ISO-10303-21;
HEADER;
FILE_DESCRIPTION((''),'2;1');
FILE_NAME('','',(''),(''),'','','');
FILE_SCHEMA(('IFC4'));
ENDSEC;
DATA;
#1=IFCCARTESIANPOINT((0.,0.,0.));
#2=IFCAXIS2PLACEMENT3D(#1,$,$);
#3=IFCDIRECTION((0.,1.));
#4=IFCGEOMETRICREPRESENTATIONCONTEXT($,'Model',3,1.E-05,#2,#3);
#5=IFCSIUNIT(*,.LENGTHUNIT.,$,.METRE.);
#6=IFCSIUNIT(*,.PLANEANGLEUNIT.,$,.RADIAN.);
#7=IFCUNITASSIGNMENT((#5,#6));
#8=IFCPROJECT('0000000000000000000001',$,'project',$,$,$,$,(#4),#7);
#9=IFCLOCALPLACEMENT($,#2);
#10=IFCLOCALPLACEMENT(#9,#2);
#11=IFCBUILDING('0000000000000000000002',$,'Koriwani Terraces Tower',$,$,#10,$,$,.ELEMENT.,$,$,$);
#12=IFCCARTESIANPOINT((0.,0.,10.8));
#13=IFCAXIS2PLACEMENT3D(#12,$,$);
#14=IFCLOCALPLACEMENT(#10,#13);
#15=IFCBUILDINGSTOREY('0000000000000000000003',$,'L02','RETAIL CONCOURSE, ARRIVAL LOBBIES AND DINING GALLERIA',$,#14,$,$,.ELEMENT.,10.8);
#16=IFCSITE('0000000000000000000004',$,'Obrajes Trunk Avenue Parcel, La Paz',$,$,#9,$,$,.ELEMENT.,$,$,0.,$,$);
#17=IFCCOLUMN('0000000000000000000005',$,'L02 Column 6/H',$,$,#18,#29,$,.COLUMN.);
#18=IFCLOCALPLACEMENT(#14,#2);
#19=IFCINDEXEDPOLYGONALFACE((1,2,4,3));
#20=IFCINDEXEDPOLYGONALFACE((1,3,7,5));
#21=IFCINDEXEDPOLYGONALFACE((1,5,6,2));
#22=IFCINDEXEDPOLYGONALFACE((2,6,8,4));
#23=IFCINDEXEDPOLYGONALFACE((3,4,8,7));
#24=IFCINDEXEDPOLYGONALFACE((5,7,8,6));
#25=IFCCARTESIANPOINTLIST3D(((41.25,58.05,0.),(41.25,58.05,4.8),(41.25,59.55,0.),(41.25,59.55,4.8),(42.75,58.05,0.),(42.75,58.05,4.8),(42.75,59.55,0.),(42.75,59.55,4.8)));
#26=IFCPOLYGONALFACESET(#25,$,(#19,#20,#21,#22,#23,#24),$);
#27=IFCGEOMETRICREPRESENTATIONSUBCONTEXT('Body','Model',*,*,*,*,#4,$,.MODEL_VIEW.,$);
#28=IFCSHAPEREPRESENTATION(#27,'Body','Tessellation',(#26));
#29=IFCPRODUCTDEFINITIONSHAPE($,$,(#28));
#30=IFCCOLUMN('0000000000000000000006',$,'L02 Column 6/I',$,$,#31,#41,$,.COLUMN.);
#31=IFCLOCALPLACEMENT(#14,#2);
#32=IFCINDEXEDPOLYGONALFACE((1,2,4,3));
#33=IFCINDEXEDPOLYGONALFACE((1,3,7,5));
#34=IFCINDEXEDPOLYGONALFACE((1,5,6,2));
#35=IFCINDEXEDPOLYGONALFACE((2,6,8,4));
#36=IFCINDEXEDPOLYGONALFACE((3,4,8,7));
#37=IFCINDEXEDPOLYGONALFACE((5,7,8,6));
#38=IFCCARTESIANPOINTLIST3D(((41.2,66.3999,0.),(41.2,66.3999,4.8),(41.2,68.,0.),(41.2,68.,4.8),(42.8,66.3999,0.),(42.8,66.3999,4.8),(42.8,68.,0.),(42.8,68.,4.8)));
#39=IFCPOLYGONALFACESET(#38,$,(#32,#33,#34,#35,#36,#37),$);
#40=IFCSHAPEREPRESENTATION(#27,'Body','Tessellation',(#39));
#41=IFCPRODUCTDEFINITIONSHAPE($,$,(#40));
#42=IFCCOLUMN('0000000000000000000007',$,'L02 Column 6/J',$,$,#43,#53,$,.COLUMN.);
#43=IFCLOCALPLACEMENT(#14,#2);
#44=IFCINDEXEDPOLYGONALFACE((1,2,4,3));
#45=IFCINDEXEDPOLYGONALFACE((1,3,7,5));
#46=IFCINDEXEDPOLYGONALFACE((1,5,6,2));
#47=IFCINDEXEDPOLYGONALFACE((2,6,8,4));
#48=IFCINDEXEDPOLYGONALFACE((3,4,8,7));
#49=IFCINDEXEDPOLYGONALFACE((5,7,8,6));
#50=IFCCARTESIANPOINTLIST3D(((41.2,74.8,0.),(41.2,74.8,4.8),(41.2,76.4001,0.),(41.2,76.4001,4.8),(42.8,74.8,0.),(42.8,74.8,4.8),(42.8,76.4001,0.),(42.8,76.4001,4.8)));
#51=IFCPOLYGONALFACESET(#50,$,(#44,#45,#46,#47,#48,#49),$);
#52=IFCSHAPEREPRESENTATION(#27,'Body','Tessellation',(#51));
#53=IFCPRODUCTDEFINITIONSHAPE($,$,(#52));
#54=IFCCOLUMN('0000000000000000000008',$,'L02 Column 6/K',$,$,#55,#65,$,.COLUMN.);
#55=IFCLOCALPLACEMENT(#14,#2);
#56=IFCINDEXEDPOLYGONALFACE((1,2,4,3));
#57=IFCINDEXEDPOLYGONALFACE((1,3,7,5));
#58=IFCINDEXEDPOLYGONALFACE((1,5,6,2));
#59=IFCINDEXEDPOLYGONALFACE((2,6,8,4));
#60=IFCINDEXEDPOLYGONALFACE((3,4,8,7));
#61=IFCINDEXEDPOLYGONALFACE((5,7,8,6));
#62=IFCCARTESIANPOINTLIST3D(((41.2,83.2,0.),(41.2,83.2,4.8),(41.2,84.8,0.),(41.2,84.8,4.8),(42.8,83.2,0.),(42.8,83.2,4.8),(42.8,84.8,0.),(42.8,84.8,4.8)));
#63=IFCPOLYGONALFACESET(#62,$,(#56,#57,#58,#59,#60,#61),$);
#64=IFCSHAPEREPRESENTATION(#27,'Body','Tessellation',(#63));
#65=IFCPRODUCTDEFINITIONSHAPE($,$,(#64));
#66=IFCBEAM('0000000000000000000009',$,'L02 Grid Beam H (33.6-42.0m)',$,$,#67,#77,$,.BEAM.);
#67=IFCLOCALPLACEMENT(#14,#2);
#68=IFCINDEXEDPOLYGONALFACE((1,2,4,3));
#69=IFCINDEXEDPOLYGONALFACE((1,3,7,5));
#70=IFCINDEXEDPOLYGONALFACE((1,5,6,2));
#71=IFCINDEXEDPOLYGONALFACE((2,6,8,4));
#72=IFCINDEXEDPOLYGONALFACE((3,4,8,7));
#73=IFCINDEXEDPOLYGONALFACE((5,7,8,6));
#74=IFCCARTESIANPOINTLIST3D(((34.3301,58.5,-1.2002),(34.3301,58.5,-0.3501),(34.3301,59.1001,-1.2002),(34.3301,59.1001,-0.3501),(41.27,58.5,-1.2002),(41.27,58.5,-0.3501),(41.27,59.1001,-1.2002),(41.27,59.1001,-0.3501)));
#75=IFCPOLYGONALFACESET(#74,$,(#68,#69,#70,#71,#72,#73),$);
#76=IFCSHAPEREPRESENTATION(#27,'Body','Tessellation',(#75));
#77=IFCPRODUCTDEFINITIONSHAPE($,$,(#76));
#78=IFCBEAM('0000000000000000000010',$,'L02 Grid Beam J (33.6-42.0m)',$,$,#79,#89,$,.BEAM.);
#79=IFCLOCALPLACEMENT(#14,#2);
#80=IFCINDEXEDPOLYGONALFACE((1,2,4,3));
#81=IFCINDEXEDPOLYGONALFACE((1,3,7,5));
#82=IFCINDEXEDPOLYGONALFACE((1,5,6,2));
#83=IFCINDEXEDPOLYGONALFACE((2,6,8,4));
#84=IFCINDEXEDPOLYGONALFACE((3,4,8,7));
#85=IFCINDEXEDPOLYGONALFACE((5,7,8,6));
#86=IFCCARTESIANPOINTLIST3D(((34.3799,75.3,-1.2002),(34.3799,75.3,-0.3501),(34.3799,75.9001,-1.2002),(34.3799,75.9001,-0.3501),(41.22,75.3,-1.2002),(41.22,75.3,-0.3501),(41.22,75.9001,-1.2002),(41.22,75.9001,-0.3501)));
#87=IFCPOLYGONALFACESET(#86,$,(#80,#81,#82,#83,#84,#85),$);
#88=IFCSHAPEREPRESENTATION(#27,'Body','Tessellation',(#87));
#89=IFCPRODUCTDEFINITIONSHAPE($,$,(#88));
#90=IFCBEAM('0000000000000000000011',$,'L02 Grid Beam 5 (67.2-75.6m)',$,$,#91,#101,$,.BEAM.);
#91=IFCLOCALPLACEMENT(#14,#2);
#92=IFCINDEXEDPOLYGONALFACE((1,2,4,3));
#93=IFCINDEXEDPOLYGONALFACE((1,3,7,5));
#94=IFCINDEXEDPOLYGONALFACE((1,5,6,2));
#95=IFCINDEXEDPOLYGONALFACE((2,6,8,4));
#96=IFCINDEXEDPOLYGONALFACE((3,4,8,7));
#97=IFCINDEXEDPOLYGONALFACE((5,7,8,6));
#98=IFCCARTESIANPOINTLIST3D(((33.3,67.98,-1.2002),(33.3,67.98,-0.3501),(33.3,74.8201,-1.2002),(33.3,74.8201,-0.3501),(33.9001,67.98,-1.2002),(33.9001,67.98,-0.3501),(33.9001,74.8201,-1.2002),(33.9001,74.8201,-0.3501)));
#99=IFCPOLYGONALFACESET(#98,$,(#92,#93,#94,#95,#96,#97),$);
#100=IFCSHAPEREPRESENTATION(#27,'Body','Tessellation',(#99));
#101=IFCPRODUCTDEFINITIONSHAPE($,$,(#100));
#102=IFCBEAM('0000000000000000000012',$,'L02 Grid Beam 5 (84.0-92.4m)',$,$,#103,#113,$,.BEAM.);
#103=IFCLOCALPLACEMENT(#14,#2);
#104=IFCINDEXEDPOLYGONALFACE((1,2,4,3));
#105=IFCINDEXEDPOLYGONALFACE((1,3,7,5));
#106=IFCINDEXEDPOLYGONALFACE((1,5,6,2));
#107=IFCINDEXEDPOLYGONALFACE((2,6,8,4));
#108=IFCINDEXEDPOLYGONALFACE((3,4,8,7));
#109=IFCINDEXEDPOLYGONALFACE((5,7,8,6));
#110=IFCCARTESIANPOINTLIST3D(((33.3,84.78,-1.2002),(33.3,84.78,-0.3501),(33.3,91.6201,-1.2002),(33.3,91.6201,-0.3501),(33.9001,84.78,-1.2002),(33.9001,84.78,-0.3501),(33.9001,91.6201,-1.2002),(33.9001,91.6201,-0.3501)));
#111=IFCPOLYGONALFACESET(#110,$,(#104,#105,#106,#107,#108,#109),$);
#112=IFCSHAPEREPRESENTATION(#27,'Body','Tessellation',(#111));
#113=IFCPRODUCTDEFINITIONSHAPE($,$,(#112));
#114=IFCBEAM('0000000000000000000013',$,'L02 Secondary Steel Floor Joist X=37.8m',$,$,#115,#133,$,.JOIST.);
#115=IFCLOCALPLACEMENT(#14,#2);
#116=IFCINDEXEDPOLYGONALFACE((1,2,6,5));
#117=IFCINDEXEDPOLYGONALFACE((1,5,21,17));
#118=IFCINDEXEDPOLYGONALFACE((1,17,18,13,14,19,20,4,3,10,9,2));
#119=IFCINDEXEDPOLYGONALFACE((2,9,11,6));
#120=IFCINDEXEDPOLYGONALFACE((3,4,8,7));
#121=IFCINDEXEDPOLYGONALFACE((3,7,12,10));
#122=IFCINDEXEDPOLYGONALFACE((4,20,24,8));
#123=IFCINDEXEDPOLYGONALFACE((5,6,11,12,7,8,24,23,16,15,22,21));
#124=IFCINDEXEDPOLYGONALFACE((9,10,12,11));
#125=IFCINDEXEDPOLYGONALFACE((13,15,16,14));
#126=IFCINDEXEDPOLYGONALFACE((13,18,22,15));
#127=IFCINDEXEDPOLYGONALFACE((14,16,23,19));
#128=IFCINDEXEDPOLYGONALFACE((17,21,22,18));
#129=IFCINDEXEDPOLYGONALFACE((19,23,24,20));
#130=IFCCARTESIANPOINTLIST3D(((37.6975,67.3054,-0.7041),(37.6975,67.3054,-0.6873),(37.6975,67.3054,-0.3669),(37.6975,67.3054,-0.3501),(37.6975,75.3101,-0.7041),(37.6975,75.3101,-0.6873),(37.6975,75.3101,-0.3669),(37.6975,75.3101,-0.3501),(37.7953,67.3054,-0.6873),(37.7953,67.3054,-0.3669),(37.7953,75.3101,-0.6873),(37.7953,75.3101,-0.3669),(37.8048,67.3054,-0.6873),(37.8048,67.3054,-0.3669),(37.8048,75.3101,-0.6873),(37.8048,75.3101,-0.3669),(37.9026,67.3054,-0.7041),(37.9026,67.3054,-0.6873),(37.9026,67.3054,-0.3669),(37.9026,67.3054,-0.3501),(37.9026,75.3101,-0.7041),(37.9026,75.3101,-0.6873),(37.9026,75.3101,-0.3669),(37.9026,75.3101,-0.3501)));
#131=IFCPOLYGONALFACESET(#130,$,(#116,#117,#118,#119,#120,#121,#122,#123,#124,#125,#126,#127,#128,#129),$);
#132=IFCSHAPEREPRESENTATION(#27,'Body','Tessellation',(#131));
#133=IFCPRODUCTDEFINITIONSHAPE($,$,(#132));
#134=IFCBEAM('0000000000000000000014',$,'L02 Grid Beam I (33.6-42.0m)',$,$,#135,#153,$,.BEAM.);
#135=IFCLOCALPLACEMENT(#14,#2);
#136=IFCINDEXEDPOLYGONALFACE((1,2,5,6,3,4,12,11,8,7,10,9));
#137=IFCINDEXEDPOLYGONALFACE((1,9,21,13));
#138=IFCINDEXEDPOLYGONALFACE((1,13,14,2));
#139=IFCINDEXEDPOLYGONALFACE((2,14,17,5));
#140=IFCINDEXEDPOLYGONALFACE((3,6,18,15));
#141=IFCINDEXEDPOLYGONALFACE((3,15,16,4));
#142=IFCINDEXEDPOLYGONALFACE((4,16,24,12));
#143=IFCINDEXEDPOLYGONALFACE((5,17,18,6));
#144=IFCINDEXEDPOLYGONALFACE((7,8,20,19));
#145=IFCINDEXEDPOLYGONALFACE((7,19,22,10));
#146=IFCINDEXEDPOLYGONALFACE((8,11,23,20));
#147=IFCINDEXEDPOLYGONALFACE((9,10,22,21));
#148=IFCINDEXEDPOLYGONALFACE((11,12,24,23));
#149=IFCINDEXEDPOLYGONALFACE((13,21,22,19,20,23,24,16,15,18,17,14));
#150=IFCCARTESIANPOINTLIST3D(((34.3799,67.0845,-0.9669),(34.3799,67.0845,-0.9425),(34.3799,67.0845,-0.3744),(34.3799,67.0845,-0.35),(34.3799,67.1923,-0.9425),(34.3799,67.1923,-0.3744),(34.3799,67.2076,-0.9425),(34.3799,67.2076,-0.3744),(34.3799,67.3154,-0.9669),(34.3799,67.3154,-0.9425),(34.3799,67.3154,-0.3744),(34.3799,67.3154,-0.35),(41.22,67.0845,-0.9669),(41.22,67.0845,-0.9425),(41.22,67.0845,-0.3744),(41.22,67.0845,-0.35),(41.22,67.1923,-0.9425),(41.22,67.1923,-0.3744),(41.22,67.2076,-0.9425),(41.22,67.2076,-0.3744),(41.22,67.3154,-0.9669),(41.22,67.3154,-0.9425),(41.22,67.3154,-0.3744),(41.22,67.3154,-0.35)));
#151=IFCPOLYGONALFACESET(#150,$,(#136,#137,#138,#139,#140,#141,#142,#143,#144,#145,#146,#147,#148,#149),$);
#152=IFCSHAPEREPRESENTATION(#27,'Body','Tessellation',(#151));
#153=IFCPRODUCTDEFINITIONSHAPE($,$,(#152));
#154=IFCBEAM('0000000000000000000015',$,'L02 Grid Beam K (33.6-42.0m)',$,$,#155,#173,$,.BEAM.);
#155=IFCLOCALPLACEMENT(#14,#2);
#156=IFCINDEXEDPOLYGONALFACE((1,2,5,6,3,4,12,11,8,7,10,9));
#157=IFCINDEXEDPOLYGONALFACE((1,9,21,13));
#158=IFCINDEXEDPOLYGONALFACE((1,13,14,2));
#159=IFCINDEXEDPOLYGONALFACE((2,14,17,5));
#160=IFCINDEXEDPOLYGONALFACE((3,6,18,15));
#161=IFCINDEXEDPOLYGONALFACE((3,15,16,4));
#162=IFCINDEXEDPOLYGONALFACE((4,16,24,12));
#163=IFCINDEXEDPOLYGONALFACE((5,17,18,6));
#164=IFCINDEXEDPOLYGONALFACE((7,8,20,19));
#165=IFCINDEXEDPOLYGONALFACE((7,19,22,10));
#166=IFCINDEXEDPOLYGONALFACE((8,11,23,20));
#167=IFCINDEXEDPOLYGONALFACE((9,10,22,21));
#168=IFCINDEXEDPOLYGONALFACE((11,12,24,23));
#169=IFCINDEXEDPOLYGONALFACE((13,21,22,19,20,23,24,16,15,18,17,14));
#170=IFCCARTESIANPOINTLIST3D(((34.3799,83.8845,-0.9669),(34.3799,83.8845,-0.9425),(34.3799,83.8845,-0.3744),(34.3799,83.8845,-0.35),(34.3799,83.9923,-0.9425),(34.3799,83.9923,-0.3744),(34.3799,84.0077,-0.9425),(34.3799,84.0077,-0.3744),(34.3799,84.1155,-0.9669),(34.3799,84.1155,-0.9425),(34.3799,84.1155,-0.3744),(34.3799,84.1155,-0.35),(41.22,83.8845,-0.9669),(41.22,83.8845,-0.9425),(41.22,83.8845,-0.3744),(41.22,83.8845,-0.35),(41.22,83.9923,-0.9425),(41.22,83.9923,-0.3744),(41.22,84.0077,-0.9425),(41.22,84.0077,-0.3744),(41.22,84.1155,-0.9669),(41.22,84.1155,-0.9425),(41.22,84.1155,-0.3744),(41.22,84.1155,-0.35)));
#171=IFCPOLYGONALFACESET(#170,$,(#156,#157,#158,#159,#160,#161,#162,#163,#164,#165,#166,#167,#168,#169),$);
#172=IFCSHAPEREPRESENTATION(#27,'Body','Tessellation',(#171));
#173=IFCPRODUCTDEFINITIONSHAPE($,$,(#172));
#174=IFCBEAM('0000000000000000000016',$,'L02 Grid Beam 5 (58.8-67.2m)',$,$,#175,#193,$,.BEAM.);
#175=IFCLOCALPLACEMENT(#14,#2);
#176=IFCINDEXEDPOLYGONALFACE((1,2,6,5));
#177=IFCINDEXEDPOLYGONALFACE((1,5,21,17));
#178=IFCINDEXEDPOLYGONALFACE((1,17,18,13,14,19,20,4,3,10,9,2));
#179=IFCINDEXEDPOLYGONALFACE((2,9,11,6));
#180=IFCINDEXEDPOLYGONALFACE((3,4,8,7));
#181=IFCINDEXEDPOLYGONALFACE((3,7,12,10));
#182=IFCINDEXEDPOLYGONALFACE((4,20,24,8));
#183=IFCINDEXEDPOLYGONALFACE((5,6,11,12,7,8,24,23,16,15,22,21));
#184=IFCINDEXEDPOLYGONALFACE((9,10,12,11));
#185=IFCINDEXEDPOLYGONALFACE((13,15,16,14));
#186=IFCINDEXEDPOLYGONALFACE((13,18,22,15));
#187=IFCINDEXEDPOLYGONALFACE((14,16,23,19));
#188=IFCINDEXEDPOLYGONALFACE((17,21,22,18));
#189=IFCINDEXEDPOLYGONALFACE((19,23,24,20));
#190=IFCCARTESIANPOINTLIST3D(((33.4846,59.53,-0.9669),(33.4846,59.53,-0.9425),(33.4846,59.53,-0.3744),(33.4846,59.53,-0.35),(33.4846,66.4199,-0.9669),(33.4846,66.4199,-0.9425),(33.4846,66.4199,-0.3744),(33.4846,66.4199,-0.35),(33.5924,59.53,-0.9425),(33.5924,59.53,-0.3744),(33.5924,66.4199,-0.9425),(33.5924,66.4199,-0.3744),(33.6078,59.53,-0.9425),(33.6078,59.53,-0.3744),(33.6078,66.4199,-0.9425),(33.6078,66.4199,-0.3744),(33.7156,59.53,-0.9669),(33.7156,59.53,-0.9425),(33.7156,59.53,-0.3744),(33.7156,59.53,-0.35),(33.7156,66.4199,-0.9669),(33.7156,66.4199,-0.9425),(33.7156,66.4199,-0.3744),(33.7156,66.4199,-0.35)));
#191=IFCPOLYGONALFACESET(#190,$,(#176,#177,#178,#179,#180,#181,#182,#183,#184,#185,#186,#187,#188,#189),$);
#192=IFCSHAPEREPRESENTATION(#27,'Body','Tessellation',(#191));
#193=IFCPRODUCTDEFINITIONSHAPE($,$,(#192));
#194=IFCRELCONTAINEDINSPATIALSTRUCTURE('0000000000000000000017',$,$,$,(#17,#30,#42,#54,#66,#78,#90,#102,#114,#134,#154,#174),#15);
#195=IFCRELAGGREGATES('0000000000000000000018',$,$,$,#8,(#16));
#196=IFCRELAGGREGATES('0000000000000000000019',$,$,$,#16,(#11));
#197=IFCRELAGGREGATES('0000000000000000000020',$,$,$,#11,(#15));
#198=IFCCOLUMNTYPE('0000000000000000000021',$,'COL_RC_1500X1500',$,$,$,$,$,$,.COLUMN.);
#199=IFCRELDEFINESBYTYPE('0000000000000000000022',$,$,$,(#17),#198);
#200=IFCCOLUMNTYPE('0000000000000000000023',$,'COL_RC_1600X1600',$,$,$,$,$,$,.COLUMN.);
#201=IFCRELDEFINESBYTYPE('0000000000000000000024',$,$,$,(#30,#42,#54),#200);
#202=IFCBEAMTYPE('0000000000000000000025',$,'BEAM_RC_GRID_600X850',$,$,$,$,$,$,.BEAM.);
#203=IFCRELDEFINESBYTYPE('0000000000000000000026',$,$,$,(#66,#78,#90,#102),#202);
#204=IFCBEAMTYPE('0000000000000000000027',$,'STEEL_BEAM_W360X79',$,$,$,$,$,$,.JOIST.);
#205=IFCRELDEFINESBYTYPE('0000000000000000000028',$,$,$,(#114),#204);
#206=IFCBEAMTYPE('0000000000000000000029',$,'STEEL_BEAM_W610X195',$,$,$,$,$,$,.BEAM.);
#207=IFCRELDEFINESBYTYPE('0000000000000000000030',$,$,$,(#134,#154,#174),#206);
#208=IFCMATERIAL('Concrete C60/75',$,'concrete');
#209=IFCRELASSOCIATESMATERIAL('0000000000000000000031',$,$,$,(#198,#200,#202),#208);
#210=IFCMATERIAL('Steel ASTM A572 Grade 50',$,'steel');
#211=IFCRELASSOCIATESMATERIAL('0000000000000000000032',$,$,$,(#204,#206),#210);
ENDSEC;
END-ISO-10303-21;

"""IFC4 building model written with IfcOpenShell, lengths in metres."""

from ifc_helpers import new_model, si_unit, direction, frame, origin, origin_2d, place, context, subcontext, project, spatial, rectangle, i_section, extrude, material, material_profile, profile_set, type_object, element, save


model = new_model("IFC4")

# Units and contexts
model_context = context("Model", 3, precision=1e-05, world=origin(), true_north=direction((0.0, 1.0)))
body_context = subcontext(model_context, "Body", "Model", "MODEL_VIEW")
ifc_project = project(units=[si_unit("LENGTHUNIT", "METRE"), si_unit("PLANEANGLEUNIT", "RADIAN")], contexts=[model_context])

# Site, building, storey
site_placement = place(None, origin())
site = spatial("IfcSite", under=ifc_project, at=site_placement, Name="Obrajes Trunk Avenue Parcel, La Paz", CompositionType="ELEMENT", RefElevation=0.0)
building_placement = place(site_placement, origin())
building = spatial("IfcBuilding", under=site, at=building_placement, Name="Koriwani Terraces Tower", CompositionType="ELEMENT")
storey_placement = place(building_placement, frame((0.0, 0.0, 10.8)))
storey = spatial("IfcBuildingStorey", under=building, at=storey_placement, Name="L02", Description="RETAIL CONCOURSE, ARRIVAL LOBBIES AND DINING GALLERIA", CompositionType="ELEMENT", Elevation=10.8)

# Columns
ifc_material_1 = material(Name="Concrete C60/75", Category="concrete")
ifc_material_profile_1 = material_profile(ifc_material_1, rectangle(XDim=1.5, YDim=1.5, at=origin_2d()), Name="Concrete C60/75", Category="LoadBearing")
ifc_profile_set_1 = profile_set([ifc_material_profile_1], Name="Concrete C60/75")
column_type_1 = type_object("IfcColumnType", Name="COL_RC_1500X1500", PredefinedType="COLUMN", material=ifc_profile_set_1)
column_placement = place(storey_placement, frame((42.0, 58.8, 0.0), z_axis=(0.0, 0.0, 1.0), x_axis=(1.0, 0.0, 0.0)))
element("IfcColumn", 1, at=column_placement, inside=storey, type_object=column_type_1, Name="L02 Column 6/H", PredefinedType="COLUMN", context=body_context, shape_type="SweptSolid", body=[
    extrude(rectangle(XDim=1.5, YDim=1.5, at=origin_2d()), origin(), (0.0, 0.0, 1.0), 4.8),
])
ifc_material_profile_2 = material_profile(ifc_material_1, rectangle(XDim=1.6001, YDim=1.6001, at=origin_2d()), Name="Concrete C60/75", Category="LoadBearing")
ifc_profile_set_2 = profile_set([ifc_material_profile_2], Name="Concrete C60/75")
column_type_2 = type_object("IfcColumnType", Name="COL_RC_1600X1600", PredefinedType="COLUMN", material=ifc_profile_set_2)
for number, where, z_axis, x_axis, name in (
    (2, (42.0, 67.2, 0.0), (0.0, 0.0, 1.0), (1.0, 0.0, 0.0), "L02 Column 6/I"),
    (3, (42.0, 75.6001, 0.0), (0.0, 0.0, 1.0), (1.0, 0.0, 0.0), "L02 Column 6/J"),
    (4, (42.0, 84.0, 0.0), (0.0, 0.0, 1.0), (1.0, 0.0, 0.0), "L02 Column 6/K"),
):
    element("IfcColumn", number, at=place(storey_placement, frame(where, z_axis=z_axis, x_axis=x_axis)), inside=storey, type_object=column_type_2, Name=name, PredefinedType="COLUMN", context=body_context, shape_type="SweptSolid", body=[
        extrude(rectangle(XDim=1.6001, YDim=1.6001, at=origin_2d()), origin(), (0.0, 0.0, 1.0), 4.8),
    ])

# Beams
ifc_material_profile_3 = material_profile(ifc_material_1, rectangle(XDim=0.6001, YDim=0.8501, at=origin_2d()), Name="Concrete C60/75", Category="LoadBearing")
ifc_profile_set_3 = profile_set([ifc_material_profile_3], Name="Concrete C60/75")
beam_type_1 = type_object("IfcBeamType", Name="BEAM_RC_GRID_600X850", PredefinedType="BEAM", material=ifc_profile_set_3)
beam_1_placement = place(storey_placement, frame((34.3301, 58.8, -0.7751), z_axis=(1.0, 0.0, 0.0), x_axis=(0.0, 1.0, 0.0)))
element("IfcBeam", 5, at=beam_1_placement, inside=storey, type_object=beam_type_1, Name="L02 Grid Beam H (33.6-42.0m)", PredefinedType="BEAM", context=body_context, shape_type="SweptSolid", body=[
    extrude(rectangle(XDim=0.6001, YDim=0.8501, at=origin_2d()), origin(), (0.0, 0.0, 1.0), 6.9399),
])
for number, where, z_axis, x_axis, name in (
    (6, (34.3799, 75.6001, -0.7751), (1.0, 0.0, 0.0), (0.0, 1.0, 0.0), "L02 Grid Beam J (33.6-42.0m)"),
    (7, (33.6001, 67.98, -0.7751), (0.0, 1.0, 0.0), (-1.0, 0.0, 0.0), "L02 Grid Beam 5 (67.2-75.6m)"),
    (8, (33.6001, 84.78, -0.7751), (0.0, 1.0, 0.0), (-1.0, 0.0, 0.0), "L02 Grid Beam 5 (84.0-92.4m)"),
):
    element("IfcBeam", number, at=place(storey_placement, frame(where, z_axis=z_axis, x_axis=x_axis)), inside=storey, type_object=beam_type_1, Name=name, PredefinedType="BEAM", context=body_context, shape_type="SweptSolid", body=[
        extrude(rectangle(XDim=0.6001, YDim=0.8501, at=origin_2d()), origin(), (0.0, 0.0, 1.0), 6.8401),
    ])
ifc_material_2 = material(Name="Steel ASTM A572 Grade 50", Category="steel")
ifc_material_profile_4 = material_profile(ifc_material_2, i_section(OverallWidth=0.2051, OverallDepth=0.354, WebThickness=0.0095, FlangeThickness=0.0168, at=origin_2d()), Name="Steel ASTM A572 Grade 50", Category="LoadBearing")
ifc_profile_set_4 = profile_set([ifc_material_profile_4], Name="Steel ASTM A572 Grade 50")
beam_type_2 = type_object("IfcBeamType", Name="STEEL_BEAM_W360X79", PredefinedType="JOIST", material=ifc_profile_set_4)
beam_2_placement = place(storey_placement, frame((37.8, 67.3054, -0.5271), z_axis=(0.0, 1.0, 0.0), x_axis=(-1.0, 0.0, 0.0)))
element("IfcBeam", 9, at=beam_2_placement, inside=storey, type_object=beam_type_2, Name="L02 Secondary Steel Floor Joist X=37.8m", PredefinedType="JOIST", context=body_context, shape_type="SweptSolid", body=[
    extrude(i_section(OverallWidth=0.2051, OverallDepth=0.354, WebThickness=0.0095, FlangeThickness=0.0168, at=origin_2d()), origin(), (0.0, 0.0, 1.0), 8.0046),
])
ifc_material_profile_5 = material_profile(ifc_material_2, i_section(OverallWidth=0.231, OverallDepth=0.6169, WebThickness=0.0154, FlangeThickness=0.0244, at=origin_2d()), Name="Steel ASTM A572 Grade 50", Category="LoadBearing")
ifc_profile_set_5 = profile_set([ifc_material_profile_5], Name="Steel ASTM A572 Grade 50")
beam_type_3 = type_object("IfcBeamType", Name="STEEL_BEAM_W610X195", PredefinedType="BEAM", material=ifc_profile_set_5)
for number, where, z_axis, x_axis, name in (
    (10, (34.3799, 67.2, -0.6584), (1.0, 0.0, 0.0), (0.0, 1.0, 0.0), "L02 Grid Beam I (33.6-42.0m)"),
    (11, (34.3799, 84.0, -0.6584), (1.0, 0.0, 0.0), (0.0, 1.0, 0.0), "L02 Grid Beam K (33.6-42.0m)"),
):
    element("IfcBeam", number, at=place(storey_placement, frame(where, z_axis=z_axis, x_axis=x_axis)), inside=storey, type_object=beam_type_3, Name=name, PredefinedType="BEAM", context=body_context, shape_type="SweptSolid", body=[
        extrude(i_section(OverallWidth=0.231, OverallDepth=0.6169, WebThickness=0.0154, FlangeThickness=0.0244, at=origin_2d()), origin(), (0.0, 0.0, 1.0), 6.8401),
    ])
beam_3_placement = place(storey_placement, frame((33.6001, 59.53, -0.6584), z_axis=(0.0, 1.0, 0.0), x_axis=(-1.0, 0.0, 0.0)))
element("IfcBeam", 12, at=beam_3_placement, inside=storey, type_object=beam_type_3, Name="L02 Grid Beam 5 (58.8-67.2m)", PredefinedType="BEAM", context=body_context, shape_type="SweptSolid", body=[
    extrude(i_section(OverallWidth=0.231, OverallDepth=0.6169, WebThickness=0.0154, FlangeThickness=0.0244, at=origin_2d()), origin(), (0.0, 0.0, 1.0), 6.8899),
])

save(model, "model.ifc")
